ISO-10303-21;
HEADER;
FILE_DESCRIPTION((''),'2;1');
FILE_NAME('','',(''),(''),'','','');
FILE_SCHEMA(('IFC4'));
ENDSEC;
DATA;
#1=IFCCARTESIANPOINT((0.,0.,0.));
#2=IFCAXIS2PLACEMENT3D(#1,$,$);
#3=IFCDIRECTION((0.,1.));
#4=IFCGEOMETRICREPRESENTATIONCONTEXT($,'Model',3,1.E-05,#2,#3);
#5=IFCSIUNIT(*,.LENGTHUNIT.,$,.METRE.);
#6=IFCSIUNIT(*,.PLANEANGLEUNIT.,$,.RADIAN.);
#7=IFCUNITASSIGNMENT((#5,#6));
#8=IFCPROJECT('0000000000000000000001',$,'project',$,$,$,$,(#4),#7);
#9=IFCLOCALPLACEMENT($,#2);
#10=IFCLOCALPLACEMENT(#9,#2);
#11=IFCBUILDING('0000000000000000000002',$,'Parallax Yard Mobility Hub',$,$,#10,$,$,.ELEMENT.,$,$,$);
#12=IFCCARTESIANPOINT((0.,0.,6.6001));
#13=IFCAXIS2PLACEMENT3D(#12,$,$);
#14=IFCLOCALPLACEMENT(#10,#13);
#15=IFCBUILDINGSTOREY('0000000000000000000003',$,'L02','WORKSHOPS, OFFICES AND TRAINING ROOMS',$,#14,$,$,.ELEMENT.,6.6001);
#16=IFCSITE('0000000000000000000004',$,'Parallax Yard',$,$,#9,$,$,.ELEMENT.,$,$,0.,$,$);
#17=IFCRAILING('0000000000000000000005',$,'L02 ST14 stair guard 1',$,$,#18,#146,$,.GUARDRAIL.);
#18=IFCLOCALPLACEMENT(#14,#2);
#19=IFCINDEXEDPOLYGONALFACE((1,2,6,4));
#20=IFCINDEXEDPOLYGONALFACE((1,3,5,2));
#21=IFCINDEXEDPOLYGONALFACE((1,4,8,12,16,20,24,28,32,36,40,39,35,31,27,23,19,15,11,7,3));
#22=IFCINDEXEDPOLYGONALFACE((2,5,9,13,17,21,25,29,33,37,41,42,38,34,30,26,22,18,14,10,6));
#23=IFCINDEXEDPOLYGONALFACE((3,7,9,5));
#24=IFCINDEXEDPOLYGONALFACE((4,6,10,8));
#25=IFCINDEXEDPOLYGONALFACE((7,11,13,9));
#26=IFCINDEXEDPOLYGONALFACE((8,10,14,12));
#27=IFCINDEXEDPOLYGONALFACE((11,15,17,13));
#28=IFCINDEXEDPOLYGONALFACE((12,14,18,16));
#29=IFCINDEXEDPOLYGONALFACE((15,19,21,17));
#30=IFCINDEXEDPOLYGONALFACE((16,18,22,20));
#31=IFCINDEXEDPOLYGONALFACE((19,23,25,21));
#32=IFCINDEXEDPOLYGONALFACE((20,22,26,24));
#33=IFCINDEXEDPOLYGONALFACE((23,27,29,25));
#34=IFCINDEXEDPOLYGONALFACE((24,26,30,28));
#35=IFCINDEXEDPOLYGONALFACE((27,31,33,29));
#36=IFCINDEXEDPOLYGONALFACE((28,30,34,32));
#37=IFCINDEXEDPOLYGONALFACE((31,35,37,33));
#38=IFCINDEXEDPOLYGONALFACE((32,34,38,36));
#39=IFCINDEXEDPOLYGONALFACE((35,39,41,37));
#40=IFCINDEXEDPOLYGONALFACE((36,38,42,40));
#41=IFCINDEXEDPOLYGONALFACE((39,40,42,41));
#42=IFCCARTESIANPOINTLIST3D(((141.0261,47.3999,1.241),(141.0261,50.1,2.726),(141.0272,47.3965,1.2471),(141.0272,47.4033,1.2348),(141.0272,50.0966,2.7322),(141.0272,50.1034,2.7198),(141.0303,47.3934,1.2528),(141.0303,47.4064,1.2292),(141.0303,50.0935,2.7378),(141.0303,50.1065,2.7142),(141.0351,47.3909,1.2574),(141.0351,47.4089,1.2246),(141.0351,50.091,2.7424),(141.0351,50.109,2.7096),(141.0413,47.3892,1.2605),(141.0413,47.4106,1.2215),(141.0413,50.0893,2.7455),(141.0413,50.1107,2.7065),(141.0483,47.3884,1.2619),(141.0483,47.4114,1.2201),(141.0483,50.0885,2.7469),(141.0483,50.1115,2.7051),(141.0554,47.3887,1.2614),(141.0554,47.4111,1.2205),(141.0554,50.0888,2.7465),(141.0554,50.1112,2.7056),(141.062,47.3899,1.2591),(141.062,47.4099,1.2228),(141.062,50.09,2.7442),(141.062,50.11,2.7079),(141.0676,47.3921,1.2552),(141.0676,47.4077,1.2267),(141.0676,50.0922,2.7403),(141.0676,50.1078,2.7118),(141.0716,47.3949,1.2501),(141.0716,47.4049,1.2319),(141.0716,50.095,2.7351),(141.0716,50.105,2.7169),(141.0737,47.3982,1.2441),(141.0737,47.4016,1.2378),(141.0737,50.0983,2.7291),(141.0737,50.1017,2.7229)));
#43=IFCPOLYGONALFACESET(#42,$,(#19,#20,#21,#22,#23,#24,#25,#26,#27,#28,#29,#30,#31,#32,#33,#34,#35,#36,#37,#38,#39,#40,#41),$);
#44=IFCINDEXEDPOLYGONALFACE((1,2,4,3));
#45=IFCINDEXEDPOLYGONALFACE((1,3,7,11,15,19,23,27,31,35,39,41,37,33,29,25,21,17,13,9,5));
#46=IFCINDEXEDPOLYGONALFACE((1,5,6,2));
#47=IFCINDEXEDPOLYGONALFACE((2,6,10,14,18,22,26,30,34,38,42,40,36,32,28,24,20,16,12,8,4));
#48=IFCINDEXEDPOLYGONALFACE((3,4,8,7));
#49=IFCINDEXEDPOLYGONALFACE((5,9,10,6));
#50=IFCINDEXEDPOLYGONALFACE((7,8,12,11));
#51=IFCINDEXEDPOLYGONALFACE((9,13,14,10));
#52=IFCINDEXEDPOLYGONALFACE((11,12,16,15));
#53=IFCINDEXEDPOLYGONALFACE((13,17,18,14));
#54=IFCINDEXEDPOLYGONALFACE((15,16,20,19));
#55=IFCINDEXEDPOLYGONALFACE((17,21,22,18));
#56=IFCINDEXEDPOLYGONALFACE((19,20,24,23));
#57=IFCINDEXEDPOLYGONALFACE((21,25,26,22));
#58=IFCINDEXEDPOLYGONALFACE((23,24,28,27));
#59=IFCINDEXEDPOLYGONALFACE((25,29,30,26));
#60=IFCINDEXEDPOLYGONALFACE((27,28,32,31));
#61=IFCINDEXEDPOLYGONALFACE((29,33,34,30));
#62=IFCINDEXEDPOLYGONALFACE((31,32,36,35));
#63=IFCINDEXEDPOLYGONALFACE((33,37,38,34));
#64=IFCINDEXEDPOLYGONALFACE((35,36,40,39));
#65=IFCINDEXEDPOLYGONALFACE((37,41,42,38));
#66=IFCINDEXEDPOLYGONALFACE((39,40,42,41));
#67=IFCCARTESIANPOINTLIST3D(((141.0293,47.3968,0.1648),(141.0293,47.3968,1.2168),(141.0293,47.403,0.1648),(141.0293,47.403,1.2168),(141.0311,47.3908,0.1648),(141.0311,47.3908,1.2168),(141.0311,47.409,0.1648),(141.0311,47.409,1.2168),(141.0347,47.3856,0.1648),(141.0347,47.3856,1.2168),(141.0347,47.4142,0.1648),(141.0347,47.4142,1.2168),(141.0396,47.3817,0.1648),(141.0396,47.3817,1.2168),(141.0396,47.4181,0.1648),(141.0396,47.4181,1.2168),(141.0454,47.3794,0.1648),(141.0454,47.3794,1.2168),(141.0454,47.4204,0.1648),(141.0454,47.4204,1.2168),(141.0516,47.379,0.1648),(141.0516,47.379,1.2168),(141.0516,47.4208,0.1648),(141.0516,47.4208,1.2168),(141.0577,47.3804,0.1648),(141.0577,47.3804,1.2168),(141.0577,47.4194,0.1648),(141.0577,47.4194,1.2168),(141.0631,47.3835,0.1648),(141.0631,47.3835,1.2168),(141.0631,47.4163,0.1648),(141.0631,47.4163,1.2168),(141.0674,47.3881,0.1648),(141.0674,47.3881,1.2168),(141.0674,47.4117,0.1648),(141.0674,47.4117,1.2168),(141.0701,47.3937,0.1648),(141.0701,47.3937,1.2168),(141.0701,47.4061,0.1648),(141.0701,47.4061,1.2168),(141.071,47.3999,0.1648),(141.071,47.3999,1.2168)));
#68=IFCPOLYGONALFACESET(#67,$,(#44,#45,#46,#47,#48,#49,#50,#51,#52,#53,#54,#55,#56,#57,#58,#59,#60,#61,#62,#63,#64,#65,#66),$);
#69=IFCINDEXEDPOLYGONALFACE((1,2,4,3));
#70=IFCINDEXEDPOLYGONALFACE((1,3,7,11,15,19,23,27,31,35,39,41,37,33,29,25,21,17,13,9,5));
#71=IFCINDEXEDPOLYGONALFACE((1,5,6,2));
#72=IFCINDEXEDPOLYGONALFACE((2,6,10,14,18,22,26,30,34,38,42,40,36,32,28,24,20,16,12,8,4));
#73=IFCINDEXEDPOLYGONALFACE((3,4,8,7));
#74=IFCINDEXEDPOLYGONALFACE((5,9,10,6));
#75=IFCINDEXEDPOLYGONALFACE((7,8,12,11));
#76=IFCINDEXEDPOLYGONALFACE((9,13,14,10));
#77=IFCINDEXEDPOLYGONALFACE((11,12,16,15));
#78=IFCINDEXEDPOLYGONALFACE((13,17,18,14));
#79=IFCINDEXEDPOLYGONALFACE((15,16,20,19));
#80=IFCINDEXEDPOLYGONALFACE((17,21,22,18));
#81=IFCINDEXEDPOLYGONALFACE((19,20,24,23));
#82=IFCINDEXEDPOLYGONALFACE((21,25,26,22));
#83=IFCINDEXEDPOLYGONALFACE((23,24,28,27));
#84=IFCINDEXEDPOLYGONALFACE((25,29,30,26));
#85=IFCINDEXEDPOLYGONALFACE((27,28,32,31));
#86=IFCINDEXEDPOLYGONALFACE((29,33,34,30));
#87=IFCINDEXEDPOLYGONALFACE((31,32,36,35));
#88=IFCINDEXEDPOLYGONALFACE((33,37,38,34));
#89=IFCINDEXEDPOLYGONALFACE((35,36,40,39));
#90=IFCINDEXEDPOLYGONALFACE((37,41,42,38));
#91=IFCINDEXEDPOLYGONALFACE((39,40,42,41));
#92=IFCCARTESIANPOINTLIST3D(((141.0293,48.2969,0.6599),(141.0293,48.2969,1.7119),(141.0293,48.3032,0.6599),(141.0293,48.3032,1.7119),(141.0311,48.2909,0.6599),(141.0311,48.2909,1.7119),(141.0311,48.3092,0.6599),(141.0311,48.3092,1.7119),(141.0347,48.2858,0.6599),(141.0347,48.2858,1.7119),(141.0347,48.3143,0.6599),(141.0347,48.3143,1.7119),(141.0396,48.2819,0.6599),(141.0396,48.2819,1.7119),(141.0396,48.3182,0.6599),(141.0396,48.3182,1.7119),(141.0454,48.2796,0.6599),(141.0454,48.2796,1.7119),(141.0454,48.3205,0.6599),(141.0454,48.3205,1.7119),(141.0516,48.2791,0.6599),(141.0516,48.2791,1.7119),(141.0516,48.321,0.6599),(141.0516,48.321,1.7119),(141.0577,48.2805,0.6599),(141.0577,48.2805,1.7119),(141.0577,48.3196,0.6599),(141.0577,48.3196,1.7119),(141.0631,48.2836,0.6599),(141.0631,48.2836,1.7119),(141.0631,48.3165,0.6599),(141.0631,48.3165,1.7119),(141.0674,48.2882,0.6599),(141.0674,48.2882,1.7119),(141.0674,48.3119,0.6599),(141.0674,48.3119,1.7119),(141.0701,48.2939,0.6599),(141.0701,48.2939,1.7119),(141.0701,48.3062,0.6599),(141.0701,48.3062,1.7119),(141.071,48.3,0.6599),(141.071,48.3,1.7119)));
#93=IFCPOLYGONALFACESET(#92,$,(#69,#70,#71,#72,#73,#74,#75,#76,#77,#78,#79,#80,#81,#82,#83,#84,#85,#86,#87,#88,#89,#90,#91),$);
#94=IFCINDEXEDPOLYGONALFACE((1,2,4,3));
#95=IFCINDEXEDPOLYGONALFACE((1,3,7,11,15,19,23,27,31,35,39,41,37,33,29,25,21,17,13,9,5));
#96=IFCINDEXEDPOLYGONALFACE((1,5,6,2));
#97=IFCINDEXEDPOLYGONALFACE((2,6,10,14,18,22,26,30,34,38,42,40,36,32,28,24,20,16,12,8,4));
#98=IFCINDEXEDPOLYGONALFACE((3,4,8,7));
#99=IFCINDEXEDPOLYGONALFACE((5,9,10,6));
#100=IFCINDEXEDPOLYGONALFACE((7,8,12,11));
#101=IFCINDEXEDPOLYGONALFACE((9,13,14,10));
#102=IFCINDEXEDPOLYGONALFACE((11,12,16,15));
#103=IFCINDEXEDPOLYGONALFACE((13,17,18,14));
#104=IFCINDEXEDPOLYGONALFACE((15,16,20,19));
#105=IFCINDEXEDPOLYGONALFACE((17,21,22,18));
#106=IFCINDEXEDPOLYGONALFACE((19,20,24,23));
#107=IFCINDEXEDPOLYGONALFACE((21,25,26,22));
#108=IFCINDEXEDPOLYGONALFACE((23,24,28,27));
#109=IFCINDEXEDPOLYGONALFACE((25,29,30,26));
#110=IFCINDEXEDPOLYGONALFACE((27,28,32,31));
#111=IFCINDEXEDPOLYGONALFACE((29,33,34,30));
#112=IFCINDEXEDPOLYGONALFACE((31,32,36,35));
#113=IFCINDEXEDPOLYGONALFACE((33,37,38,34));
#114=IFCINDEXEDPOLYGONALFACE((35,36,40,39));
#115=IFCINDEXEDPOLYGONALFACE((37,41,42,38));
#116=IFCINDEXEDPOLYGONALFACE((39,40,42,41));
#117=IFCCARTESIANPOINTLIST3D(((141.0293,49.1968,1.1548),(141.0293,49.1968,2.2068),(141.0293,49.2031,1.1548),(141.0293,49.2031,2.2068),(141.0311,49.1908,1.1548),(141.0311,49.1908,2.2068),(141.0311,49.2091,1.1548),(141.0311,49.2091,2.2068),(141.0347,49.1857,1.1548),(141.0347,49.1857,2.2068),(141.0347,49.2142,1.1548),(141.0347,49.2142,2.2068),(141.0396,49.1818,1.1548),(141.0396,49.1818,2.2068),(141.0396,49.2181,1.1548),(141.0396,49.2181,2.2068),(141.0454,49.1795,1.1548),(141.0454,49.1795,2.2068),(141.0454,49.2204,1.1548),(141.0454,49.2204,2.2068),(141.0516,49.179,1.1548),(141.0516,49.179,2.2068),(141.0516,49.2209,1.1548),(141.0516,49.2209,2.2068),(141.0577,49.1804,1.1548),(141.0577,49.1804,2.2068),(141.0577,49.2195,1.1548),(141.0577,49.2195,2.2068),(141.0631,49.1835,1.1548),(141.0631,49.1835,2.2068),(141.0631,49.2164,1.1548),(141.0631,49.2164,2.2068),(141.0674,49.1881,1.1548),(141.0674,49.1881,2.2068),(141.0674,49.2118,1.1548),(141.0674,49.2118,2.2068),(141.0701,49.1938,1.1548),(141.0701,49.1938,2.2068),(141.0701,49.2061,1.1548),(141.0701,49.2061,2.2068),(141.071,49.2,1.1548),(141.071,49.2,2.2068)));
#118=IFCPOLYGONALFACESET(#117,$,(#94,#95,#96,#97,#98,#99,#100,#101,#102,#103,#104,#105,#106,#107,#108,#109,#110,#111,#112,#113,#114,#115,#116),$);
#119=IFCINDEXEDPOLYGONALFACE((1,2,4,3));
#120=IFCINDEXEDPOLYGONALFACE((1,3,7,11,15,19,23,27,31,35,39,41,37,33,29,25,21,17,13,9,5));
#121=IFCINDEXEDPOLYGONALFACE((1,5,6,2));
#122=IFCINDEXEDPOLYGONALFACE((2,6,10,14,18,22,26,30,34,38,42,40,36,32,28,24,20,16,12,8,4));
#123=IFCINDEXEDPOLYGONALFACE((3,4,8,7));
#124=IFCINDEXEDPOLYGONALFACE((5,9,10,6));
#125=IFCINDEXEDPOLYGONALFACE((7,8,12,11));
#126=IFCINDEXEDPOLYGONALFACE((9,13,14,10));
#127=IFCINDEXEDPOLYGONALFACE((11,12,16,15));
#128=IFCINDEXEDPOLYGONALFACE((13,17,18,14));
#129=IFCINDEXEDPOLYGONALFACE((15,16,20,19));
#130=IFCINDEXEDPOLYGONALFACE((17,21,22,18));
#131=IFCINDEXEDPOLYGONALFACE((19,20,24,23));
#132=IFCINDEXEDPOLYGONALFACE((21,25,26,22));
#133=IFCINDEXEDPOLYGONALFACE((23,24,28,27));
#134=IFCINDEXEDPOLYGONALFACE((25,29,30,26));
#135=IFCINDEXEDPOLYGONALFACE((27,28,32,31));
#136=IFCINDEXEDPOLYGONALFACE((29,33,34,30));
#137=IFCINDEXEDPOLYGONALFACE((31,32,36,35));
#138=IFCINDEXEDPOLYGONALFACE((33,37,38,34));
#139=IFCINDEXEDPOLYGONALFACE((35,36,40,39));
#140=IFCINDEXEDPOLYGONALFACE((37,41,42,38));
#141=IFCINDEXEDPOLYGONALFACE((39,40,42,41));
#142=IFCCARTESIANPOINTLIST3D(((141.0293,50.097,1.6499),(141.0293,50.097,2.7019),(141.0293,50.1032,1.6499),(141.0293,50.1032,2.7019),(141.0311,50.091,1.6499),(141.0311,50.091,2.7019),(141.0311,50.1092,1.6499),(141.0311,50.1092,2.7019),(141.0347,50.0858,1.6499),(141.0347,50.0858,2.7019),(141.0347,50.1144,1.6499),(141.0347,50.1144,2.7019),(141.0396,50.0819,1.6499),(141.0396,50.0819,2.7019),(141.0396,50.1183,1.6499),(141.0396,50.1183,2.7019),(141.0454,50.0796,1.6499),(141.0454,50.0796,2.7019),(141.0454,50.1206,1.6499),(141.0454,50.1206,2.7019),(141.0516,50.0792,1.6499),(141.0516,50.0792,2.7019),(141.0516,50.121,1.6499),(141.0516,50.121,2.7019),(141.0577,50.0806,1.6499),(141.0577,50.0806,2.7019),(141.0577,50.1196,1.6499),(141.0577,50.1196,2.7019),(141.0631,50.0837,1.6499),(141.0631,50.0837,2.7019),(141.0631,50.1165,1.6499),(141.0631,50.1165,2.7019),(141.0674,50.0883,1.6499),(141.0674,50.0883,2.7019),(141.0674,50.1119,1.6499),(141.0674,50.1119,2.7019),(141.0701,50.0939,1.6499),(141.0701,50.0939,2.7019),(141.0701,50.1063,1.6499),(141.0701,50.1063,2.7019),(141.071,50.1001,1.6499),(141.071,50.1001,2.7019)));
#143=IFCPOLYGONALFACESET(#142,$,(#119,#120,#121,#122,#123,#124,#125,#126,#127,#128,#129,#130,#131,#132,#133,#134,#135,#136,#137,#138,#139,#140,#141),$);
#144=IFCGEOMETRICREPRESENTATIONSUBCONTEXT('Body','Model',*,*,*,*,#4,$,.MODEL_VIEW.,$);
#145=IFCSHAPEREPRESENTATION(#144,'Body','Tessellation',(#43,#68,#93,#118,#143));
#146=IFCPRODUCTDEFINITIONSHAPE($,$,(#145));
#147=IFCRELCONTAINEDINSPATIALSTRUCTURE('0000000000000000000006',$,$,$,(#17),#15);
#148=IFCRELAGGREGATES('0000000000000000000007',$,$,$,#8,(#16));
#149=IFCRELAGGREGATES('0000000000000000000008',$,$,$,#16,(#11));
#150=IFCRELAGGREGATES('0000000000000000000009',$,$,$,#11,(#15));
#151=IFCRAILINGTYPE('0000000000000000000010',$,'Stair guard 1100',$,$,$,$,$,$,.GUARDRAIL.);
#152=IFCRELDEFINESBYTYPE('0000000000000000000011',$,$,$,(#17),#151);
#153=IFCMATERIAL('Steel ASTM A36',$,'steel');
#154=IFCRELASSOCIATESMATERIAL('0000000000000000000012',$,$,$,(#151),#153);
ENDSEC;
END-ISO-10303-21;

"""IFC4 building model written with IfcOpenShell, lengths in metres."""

from ifc_helpers import new_model, si_unit, direction, frame, origin, origin_2d, place, context, subcontext, project, spatial, circle, extrude, material, type_object, element, save


model = new_model("IFC4")

# Units and contexts
model_context = context("Model", 3, precision=1e-05, world=origin(), true_north=direction((0.0, 1.0)))
body_context = subcontext(model_context, "Body", "Model", "MODEL_VIEW")
ifc_project = project(units=[si_unit("LENGTHUNIT", "METRE"), si_unit("PLANEANGLEUNIT", "RADIAN")], contexts=[model_context])

# Site, building, storey
site_placement = place(None, origin())
site = spatial("IfcSite", under=ifc_project, at=site_placement, Name="Parallax Yard", CompositionType="ELEMENT", RefElevation=0.0)
building_placement = place(site_placement, origin())
building = spatial("IfcBuilding", under=site, at=building_placement, Name="Parallax Yard Mobility Hub", CompositionType="ELEMENT")
storey_placement = place(building_placement, frame((0.0, 0.0, 6.6001)))
storey = spatial("IfcBuildingStorey", under=building, at=storey_placement, Name="L02", Description="WORKSHOPS, OFFICES AND TRAINING ROOMS", CompositionType="ELEMENT", Elevation=6.6001)

# Railing
ifc_material_1 = material(Name="Steel ASTM A36", Category="steel")
railing_type_1 = type_object("IfcRailingType", Name="Stair guard 1100", PredefinedType="GUARDRAIL", material=ifc_material_1)
railing_1_placement = place(storey_placement, frame((141.05, 47.3999, 0.1648)))
element("IfcRailing", 1, at=railing_1_placement, inside=storey, type_object=railing_type_1, Name="L02 ST14 stair guard 1", PredefinedType="GUARDRAIL", context=body_context, shape_type="SweptSolid", body=[
    extrude(circle(Radius=0.0239, at=origin_2d()), frame((0.0, 0.0, 1.0762), z_axis=(0.0, 0.876216, 0.481919), x_axis=(-1.0, 0.0, 0.0)), (0.0, 0.0, 1.0), 3.0815),
    extrude(circle(Radius=0.021, at=origin_2d()), origin(), (0.0, 0.0, 1.0), 1.052),
    extrude(circle(Radius=0.021, at=origin_2d()), frame((0.0, 0.9001, 0.4951)), (0.0, 0.0, 1.0), 1.052),
    extrude(circle(Radius=0.021, at=origin_2d()), frame((0.0, 1.8, 0.99)), (0.0, 0.0, 1.0), 1.052),
    extrude(circle(Radius=0.021, at=origin_2d()), frame((0.0, 2.7002, 1.4851)), (0.0, 0.0, 1.0), 1.052),
])

save(model, "model.ifc")
